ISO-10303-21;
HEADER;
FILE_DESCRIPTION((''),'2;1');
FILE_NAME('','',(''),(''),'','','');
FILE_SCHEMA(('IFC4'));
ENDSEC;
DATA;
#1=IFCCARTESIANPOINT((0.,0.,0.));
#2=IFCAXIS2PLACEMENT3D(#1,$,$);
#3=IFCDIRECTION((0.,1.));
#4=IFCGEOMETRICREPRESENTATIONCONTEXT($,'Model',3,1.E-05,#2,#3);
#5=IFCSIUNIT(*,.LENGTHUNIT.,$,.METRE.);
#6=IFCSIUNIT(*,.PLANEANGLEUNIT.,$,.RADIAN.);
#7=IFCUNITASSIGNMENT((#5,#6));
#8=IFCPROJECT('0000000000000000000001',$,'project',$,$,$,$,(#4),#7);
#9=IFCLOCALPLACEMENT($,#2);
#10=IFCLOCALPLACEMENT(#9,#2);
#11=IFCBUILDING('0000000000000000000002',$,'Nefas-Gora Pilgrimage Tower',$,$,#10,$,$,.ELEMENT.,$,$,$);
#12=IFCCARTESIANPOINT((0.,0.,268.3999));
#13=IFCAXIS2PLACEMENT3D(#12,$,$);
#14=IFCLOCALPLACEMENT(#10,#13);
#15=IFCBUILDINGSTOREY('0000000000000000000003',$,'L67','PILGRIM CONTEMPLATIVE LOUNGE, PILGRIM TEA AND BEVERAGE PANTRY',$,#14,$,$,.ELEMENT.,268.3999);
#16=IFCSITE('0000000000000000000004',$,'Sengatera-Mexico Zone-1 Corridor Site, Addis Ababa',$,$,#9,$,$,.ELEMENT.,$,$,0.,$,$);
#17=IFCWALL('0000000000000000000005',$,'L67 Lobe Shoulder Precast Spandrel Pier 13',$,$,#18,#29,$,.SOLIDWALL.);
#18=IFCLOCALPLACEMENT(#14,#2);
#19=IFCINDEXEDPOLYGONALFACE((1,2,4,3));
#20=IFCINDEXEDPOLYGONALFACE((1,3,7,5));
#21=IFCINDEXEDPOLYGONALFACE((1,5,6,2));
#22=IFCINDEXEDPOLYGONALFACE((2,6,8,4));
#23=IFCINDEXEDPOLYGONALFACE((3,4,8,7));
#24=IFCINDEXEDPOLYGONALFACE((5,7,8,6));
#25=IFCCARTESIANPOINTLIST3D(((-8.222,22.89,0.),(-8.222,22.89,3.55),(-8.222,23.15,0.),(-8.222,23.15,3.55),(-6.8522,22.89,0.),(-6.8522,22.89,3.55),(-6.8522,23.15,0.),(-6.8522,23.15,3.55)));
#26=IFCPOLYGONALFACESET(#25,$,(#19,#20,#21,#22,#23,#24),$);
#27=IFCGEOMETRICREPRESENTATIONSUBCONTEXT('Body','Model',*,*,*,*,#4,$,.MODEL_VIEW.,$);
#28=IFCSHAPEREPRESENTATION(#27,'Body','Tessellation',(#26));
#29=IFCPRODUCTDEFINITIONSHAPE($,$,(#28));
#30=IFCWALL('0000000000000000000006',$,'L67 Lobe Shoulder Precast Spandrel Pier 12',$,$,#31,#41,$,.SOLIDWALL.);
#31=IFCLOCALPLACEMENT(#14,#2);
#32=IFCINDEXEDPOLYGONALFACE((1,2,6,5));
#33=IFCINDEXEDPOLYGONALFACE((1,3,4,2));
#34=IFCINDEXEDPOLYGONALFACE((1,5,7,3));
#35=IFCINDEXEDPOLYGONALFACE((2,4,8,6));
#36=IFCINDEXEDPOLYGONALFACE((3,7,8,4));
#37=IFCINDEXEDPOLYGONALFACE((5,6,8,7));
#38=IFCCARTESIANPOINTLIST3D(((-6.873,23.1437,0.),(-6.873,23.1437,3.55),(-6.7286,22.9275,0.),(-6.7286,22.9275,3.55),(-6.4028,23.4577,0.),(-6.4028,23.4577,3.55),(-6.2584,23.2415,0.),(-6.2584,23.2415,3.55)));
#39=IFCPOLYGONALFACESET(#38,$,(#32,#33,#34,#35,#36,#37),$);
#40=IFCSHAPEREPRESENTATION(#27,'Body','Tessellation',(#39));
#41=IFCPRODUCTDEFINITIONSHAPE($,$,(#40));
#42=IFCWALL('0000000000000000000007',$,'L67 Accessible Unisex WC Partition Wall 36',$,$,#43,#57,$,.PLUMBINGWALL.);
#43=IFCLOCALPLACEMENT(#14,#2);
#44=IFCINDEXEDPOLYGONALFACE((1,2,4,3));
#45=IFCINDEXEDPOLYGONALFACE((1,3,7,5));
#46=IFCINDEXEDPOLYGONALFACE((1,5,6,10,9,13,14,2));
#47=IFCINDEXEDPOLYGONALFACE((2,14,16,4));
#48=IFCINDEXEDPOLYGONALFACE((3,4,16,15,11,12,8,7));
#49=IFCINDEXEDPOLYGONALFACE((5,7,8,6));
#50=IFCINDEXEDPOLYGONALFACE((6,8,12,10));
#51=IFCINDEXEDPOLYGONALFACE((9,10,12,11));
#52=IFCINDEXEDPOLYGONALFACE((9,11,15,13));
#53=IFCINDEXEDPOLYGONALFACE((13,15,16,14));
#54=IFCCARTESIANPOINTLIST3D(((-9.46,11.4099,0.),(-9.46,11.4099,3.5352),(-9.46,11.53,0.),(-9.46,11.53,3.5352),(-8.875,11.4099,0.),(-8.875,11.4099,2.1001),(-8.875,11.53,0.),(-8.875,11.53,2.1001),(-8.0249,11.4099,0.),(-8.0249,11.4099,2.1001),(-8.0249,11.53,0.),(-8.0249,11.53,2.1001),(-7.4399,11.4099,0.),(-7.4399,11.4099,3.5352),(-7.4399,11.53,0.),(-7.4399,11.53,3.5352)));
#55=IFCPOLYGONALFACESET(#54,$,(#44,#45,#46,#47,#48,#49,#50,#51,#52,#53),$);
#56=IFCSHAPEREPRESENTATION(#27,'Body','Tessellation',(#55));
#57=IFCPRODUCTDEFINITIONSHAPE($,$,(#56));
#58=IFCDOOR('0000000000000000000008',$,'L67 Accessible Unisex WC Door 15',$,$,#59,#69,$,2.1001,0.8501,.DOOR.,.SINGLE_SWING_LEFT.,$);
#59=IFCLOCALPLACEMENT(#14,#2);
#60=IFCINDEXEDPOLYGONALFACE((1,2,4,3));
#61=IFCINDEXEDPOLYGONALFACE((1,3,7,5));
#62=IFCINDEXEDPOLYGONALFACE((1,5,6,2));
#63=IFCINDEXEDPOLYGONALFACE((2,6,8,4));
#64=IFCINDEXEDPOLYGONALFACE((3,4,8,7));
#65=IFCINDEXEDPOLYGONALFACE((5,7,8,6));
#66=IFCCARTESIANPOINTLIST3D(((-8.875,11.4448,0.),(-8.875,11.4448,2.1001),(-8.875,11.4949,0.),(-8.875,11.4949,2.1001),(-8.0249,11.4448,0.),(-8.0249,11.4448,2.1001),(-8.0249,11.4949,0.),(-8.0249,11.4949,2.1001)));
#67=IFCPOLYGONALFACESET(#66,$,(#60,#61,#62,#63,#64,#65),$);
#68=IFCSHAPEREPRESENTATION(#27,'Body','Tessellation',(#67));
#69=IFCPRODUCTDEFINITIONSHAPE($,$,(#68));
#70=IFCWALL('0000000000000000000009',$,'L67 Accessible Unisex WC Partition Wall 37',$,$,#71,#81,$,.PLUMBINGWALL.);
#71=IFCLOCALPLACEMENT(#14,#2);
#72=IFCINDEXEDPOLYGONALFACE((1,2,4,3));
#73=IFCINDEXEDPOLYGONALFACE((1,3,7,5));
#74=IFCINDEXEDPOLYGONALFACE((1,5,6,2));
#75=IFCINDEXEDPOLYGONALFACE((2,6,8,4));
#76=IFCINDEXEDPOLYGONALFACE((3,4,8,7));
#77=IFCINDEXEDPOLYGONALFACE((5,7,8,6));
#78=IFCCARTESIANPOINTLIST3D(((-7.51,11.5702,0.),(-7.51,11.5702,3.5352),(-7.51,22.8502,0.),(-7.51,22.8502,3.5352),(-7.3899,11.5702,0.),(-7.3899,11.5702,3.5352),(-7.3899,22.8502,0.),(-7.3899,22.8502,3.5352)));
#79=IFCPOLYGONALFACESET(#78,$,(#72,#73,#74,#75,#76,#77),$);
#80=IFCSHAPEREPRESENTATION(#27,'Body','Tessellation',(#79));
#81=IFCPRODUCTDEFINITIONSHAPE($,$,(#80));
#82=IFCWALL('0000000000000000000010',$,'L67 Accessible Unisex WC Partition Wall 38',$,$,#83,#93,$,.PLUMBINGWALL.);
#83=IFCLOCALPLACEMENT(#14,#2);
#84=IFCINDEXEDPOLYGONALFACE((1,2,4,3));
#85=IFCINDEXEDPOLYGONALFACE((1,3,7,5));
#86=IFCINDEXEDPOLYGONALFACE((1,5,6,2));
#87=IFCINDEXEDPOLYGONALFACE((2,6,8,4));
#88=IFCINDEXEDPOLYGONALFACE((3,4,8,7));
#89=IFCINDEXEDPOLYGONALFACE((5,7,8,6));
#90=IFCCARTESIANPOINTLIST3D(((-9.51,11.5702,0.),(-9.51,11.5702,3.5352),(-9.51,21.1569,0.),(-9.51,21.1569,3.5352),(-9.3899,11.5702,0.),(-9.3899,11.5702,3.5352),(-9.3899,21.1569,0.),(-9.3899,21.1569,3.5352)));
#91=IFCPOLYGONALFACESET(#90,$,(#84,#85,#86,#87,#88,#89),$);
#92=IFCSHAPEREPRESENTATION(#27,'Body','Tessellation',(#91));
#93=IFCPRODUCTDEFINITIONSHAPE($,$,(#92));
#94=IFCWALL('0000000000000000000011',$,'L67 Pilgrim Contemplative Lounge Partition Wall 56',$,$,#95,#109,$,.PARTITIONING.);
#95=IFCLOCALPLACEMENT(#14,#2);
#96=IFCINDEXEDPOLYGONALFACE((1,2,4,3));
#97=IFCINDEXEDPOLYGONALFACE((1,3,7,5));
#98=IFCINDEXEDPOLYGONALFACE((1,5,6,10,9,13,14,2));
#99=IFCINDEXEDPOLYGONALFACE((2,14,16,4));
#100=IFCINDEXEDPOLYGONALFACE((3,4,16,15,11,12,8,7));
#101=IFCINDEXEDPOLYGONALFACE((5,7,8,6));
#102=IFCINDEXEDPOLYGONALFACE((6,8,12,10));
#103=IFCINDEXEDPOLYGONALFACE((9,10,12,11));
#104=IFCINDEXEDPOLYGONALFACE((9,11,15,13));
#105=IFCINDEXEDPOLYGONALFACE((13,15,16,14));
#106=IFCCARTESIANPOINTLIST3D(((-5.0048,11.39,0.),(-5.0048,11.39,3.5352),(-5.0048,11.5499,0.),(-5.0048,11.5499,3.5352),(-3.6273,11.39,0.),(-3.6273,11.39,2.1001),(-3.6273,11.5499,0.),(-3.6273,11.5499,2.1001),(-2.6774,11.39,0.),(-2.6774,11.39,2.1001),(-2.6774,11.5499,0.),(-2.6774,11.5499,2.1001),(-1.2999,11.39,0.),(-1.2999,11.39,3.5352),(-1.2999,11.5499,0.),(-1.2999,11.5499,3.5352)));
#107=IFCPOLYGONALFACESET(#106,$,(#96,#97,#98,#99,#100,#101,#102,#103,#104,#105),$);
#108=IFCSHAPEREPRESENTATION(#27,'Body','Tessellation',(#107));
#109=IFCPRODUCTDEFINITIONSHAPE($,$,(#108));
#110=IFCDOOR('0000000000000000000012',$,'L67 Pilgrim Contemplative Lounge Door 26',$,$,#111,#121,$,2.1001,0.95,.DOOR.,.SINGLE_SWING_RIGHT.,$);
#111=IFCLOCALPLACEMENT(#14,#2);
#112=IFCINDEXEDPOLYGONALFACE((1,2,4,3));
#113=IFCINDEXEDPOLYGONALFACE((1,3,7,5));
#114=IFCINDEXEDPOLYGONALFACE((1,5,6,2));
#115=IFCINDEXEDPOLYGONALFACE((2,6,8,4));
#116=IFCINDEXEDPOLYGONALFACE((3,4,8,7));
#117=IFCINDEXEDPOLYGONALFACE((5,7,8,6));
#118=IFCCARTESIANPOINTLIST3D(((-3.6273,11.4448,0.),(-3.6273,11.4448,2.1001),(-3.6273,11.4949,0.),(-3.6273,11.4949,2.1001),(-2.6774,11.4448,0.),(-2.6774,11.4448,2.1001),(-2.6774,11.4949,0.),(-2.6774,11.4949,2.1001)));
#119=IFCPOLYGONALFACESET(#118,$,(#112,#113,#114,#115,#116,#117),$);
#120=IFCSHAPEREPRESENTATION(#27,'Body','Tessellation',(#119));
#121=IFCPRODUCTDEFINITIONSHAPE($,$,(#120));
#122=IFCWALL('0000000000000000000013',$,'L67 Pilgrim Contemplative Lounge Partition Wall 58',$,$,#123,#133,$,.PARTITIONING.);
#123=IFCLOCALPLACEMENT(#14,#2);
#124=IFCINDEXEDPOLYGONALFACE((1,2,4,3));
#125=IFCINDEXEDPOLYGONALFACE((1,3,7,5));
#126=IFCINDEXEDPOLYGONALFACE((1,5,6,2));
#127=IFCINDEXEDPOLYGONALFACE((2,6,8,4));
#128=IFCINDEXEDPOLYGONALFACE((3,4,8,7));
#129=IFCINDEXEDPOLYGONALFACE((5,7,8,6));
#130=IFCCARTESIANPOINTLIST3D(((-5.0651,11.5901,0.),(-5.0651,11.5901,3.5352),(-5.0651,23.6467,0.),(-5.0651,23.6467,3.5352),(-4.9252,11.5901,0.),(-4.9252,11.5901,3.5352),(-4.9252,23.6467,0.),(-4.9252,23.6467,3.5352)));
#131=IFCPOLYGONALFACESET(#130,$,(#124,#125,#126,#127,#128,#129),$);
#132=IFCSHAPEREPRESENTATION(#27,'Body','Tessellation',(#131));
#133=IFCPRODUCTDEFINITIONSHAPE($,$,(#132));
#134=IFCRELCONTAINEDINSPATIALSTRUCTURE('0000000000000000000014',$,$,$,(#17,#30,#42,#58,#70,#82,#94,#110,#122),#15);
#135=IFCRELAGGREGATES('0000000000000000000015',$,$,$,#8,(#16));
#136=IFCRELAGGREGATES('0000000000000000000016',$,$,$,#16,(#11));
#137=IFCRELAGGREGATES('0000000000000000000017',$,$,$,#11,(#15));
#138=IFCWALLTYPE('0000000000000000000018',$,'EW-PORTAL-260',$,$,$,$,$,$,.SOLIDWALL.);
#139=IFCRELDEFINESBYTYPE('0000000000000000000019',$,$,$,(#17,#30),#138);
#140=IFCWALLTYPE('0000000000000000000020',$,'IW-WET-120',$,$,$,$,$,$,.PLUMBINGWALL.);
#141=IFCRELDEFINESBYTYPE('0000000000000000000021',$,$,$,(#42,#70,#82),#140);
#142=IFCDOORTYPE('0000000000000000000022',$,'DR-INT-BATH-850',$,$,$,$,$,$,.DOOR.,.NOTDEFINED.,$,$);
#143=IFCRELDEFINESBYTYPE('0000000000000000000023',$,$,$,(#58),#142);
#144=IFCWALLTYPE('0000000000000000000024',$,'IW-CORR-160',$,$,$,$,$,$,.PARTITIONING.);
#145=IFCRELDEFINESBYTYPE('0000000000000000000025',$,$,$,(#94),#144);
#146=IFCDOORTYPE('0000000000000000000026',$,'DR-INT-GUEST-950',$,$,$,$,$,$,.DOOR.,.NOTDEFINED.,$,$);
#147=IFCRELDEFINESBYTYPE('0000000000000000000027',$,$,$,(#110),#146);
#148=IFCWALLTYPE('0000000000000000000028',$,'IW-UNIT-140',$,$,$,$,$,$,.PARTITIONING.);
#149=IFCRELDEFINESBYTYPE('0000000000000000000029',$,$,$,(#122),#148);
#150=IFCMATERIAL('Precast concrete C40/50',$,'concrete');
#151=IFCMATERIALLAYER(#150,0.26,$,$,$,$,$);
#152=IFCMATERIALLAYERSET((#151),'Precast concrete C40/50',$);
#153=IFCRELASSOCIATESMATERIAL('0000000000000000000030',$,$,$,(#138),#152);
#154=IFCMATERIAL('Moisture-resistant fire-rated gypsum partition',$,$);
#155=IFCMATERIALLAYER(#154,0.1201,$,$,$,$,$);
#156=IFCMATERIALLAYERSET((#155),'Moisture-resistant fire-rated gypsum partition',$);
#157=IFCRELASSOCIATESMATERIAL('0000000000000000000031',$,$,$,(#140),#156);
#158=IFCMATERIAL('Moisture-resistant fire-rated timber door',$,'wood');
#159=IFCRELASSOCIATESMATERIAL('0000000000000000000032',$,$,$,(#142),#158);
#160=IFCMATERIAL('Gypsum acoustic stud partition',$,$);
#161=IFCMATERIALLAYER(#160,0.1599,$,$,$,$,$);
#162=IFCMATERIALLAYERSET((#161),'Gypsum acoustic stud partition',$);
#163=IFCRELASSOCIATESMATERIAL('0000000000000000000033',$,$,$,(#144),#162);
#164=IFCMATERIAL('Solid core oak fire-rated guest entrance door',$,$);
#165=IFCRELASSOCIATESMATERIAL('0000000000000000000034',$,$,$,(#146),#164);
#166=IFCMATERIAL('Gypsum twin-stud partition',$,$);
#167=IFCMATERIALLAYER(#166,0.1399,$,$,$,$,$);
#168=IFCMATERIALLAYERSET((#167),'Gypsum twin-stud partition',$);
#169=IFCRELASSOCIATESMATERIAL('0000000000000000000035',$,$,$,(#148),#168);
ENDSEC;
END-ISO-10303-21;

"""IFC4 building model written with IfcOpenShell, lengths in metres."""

from ifc_helpers import new_model, si_unit, direction, frame, frame_2d, origin, place, context, subcontext, project, spatial, rectangle, extrude, source, transform, mapped, material, layer, layer_set, type_object, element, fill, save


model = new_model("IFC4")

# Units and contexts
model_context = context("Model", 3, precision=1e-05, world=origin(), true_north=direction((0.0, 1.0)))
body_context = subcontext(model_context, "Body", "Model", "MODEL_VIEW")
ifc_project = project(units=[si_unit("LENGTHUNIT", "METRE"), si_unit("PLANEANGLEUNIT", "RADIAN")], contexts=[model_context])

# Site, building, storey
site_placement = place(None, origin())
site = spatial("IfcSite", under=ifc_project, at=site_placement, Name="Sengatera-Mexico Zone-1 Corridor Site, Addis Ababa", CompositionType="ELEMENT", RefElevation=0.0)
building_placement = place(site_placement, origin())
building = spatial("IfcBuilding", under=site, at=building_placement, Name="Nefas-Gora Pilgrimage Tower", CompositionType="ELEMENT")
storey_placement = place(building_placement, frame((0.0, 0.0, 268.3999)))
storey = spatial("IfcBuildingStorey", under=building, at=storey_placement, Name="L67", Description="PILGRIM CONTEMPLATIVE LOUNGE, PILGRIM TEA AND BEVERAGE PANTRY", CompositionType="ELEMENT", Elevation=268.3999)

# Walls
ifc_material_1 = material(Name="Precast concrete C40/50", Category="concrete")
ifc_layer_1 = layer(ifc_material_1, 0.26)
ifc_layer_set_1 = layer_set([ifc_layer_1], Name="Precast concrete C40/50")
wall_type_1 = type_object("IfcWallType", Name="EW-PORTAL-260", PredefinedType="SOLIDWALL", material=ifc_layer_set_1)
shared_shape_1 = source(origin(), body_context, "Body", "SweptSolid", [
    extrude(rectangle(XDim=1.3699, YDim=0.26, at=frame_2d((0.6851, 0.0))), origin(), (0.0, 0.0, 1.0), 3.55),
])
wall_1_placement = place(storey_placement, frame((-6.8521, 23.02, 0.0), z_axis=(0.0, 0.0, 1.0), x_axis=(-1.0, 0.0, 0.0)))
element("IfcWall", 1, at=wall_1_placement, inside=storey, type_object=wall_type_1, Name="L67 Lobe Shoulder Precast Spandrel Pier 13", PredefinedType="SOLIDWALL", context=body_context, shape_type="MappedRepresentation", body=[
    mapped(shared_shape_1, transform((0.0, 0.0, 0.0), x_axis=(1.0, 0.0, 0.0), y_axis=(0.0, 1.0, 0.0), z_axis=(0.0, 0.0, 1.0), scale=1.0)),
])
shared_shape_2 = source(origin(), body_context, "Body", "SweptSolid", [
    extrude(rectangle(XDim=0.5654, YDim=0.26, at=frame_2d((0.2827, 0.0))), origin(), (0.0, 0.0, 1.0), 3.55),
])
wall_2_placement = place(storey_placement, frame((-6.3306, 23.3496, 0.0), z_axis=(0.0, 0.0, 1.0), x_axis=(-0.831651, -0.555298, 0.0)))
element("IfcWall", 2, at=wall_2_placement, inside=storey, type_object=wall_type_1, Name="L67 Lobe Shoulder Precast Spandrel Pier 12", PredefinedType="SOLIDWALL", context=body_context, shape_type="MappedRepresentation", body=[
    mapped(shared_shape_2, transform((0.0, 0.0, 0.0), x_axis=(1.0, 0.0, 0.0), y_axis=(0.0, 1.0, 0.0), z_axis=(0.0, 0.0, 1.0), scale=1.0)),
])

# Wall, opening, door
ifc_material_2 = material(Name="Moisture-resistant fire-rated gypsum partition")
ifc_layer_2 = layer(ifc_material_2, 0.1201)
ifc_layer_set_2 = layer_set([ifc_layer_2], Name="Moisture-resistant fire-rated gypsum partition")
wall_type_2 = type_object("IfcWallType", Name="IW-WET-120", PredefinedType="PLUMBINGWALL", material=ifc_layer_set_2)
shared_shape_3 = source(origin(), body_context, "Body", "SweptSolid", [
    extrude(rectangle(XDim=2.02, YDim=0.1201, at=frame_2d((1.01, 0.0))), origin(), (0.0, 0.0, 1.0), 3.5352),
])
wall_3_placement = place(storey_placement, frame((-9.46, 11.47, 0.0), z_axis=(0.0, 0.0, 1.0), x_axis=(1.0, 0.0, 0.0)))
wall_3 = element("IfcWall", 3, at=wall_3_placement, inside=storey, type_object=wall_type_2, Name="L67 Accessible Unisex WC Partition Wall 36", PredefinedType="PLUMBINGWALL", context=body_context, shape_type="MappedRepresentation", body=[
    mapped(shared_shape_3, transform((0.0, 0.0, 0.0), x_axis=(1.0, 0.0, 0.0), y_axis=(0.0, 1.0, 0.0), z_axis=(0.0, 0.0, 1.0), scale=1.0)),
])
opening_1_placement = place(wall_3_placement, frame((0.585, 0.0, 0.0)))
opening_1 = element("IfcOpeningElement", 4, at=opening_1_placement, cuts=wall_3, PredefinedType="OPENING", context=body_context, shape_type="SweptSolid", body=[
    extrude(rectangle(XDim=0.8501, YDim=2.1001, at=frame_2d((0.425, 1.05))), frame((0.0, 0.0701, 0.0), z_axis=(0.0, -1.0, 0.0), x_axis=(1.0, 0.0, 0.0)), (0.0, 0.0, 1.0), 0.1401),
])
ifc_material_3 = material(Name="Moisture-resistant fire-rated timber door", Category="wood")
door_type_1 = type_object("IfcDoorType", Name="DR-INT-BATH-850", OperationType="NOTDEFINED", PredefinedType="DOOR", material=ifc_material_3)
shared_shape_4 = source(origin(), body_context, "Body", "SweptSolid", [
    extrude(rectangle(XDim=0.8501, YDim=2.1001, at=frame_2d((0.425, 1.05))), frame((0.0, 0.0249, 0.0), z_axis=(0.0, -1.0, 0.0), x_axis=(1.0, 0.0, 0.0)), (0.0, 0.0, 1.0), 0.05),
])
door_1_placement = place(opening_1_placement, origin())
door_1 = element("IfcDoor", 5, at=door_1_placement, inside=storey, type_object=door_type_1, Name="L67 Accessible Unisex WC Door 15", OperationType="SINGLE_SWING_LEFT", OverallHeight=2.1001, OverallWidth=0.8501, PredefinedType="DOOR", context=body_context, shape_type="MappedRepresentation", body=[
    mapped(shared_shape_4, transform((0.0, 0.0, 0.0), x_axis=(1.0, 0.0, 0.0), y_axis=(0.0, 1.0, 0.0), z_axis=(0.0, 0.0, 1.0), scale=1.0)),
])
fill(opening_1, door_1)

# Walls
shared_shape_5 = source(origin(), body_context, "Body", "SweptSolid", [
    extrude(rectangle(XDim=11.28, YDim=0.1201, at=frame_2d((5.6401, 0.0))), origin(), (0.0, 0.0, 1.0), 3.5352),
])
wall_4_placement = place(storey_placement, frame((-7.45, 11.5701, 0.0), z_axis=(0.0, 0.0, 1.0), x_axis=(0.0, 1.0, 0.0)))
element("IfcWall", 6, at=wall_4_placement, inside=storey, type_object=wall_type_2, Name="L67 Accessible Unisex WC Partition Wall 37", PredefinedType="PLUMBINGWALL", context=body_context, shape_type="MappedRepresentation", body=[
    mapped(shared_shape_5, transform((0.0, 0.0, 0.0), x_axis=(1.0, 0.0, 0.0), y_axis=(0.0, 1.0, 0.0), z_axis=(0.0, 0.0, 1.0), scale=1.0)),
])
shared_shape_6 = source(origin(), body_context, "Body", "SweptSolid", [
    extrude(rectangle(XDim=9.5867, YDim=0.1201, at=frame_2d((4.7935, 0.0))), origin(), (0.0, 0.0, 1.0), 3.5352),
])
wall_5_placement = place(storey_placement, frame((-9.45, 11.5701, 0.0), z_axis=(0.0, 0.0, 1.0), x_axis=(0.0, 1.0, 0.0)))
element("IfcWall", 7, at=wall_5_placement, inside=storey, type_object=wall_type_2, Name="L67 Accessible Unisex WC Partition Wall 38", PredefinedType="PLUMBINGWALL", context=body_context, shape_type="MappedRepresentation", body=[
    mapped(shared_shape_6, transform((0.0, 0.0, 0.0), x_axis=(1.0, 0.0, 0.0), y_axis=(0.0, 1.0, 0.0), z_axis=(0.0, 0.0, 1.0), scale=1.0)),
])

# Wall, opening, door
ifc_material_4 = material(Name="Gypsum acoustic stud partition")
ifc_layer_3 = layer(ifc_material_4, 0.1599)
ifc_layer_set_3 = layer_set([ifc_layer_3], Name="Gypsum acoustic stud partition")
wall_type_3 = type_object("IfcWallType", Name="IW-CORR-160", PredefinedType="PARTITIONING", material=ifc_layer_set_3)
shared_shape_7 = source(origin(), body_context, "Body", "SweptSolid", [
    extrude(rectangle(XDim=3.7048, YDim=0.1599, at=frame_2d((1.8525, 0.0))), origin(), (0.0, 0.0, 1.0), 3.5352),
])
wall_6_placement = place(storey_placement, frame((-5.0049, 11.47, 0.0), z_axis=(0.0, 0.0, 1.0), x_axis=(1.0, 0.0, 0.0)))
wall_6 = element("IfcWall", 8, at=wall_6_placement, inside=storey, type_object=wall_type_3, Name="L67 Pilgrim Contemplative Lounge Partition Wall 56", PredefinedType="PARTITIONING", context=body_context, shape_type="MappedRepresentation", body=[
    mapped(shared_shape_7, transform((0.0, 0.0, 0.0), x_axis=(1.0, 0.0, 0.0), y_axis=(0.0, 1.0, 0.0), z_axis=(0.0, 0.0, 1.0), scale=1.0)),
])
opening_2_placement = place(wall_6_placement, frame((1.3774, 0.0, 0.0)))
opening_2 = element("IfcOpeningElement", 9, at=opening_2_placement, cuts=wall_6, PredefinedType="OPENING", context=body_context, shape_type="SweptSolid", body=[
    extrude(rectangle(XDim=0.95, YDim=2.1001, at=frame_2d((0.4751, 1.05))), frame((0.0, 0.0898, 0.0), z_axis=(0.0, -1.0, 0.0), x_axis=(1.0, 0.0, 0.0)), (0.0, 0.0, 1.0), 0.1799),
])
ifc_material_5 = material(Name="Solid core oak fire-rated guest entrance door")
door_type_2 = type_object("IfcDoorType", Name="DR-INT-GUEST-950", OperationType="NOTDEFINED", PredefinedType="DOOR", material=ifc_material_5)
shared_shape_8 = source(origin(), body_context, "Body", "SweptSolid", [
    extrude(rectangle(XDim=0.95, YDim=2.1001, at=frame_2d((0.4751, 1.05))), frame((0.0, 0.0249, 0.0), z_axis=(0.0, -1.0, 0.0), x_axis=(1.0, 0.0, 0.0)), (0.0, 0.0, 1.0), 0.05),
])
door_2_placement = place(opening_2_placement, origin())
door_2 = element("IfcDoor", 10, at=door_2_placement, inside=storey, type_object=door_type_2, Name="L67 Pilgrim Contemplative Lounge Door 26", OperationType="SINGLE_SWING_RIGHT", OverallHeight=2.1001, OverallWidth=0.95, PredefinedType="DOOR", context=body_context, shape_type="MappedRepresentation", body=[
    mapped(shared_shape_8, transform((0.0, 0.0, 0.0), x_axis=(1.0, 0.0, 0.0), y_axis=(0.0, 1.0, 0.0), z_axis=(0.0, 0.0, 1.0), scale=1.0)),
])
fill(opening_2, door_2)

# Wall
ifc_material_6 = material(Name="Gypsum twin-stud partition")
ifc_layer_4 = layer(ifc_material_6, 0.1399)
ifc_layer_set_4 = layer_set([ifc_layer_4], Name="Gypsum twin-stud partition")
wall_type_4 = type_object("IfcWallType", Name="IW-UNIT-140", PredefinedType="PARTITIONING", material=ifc_layer_set_4)
shared_shape_9 = source(origin(), body_context, "Body", "SweptSolid", [
    extrude(rectangle(XDim=12.0566, YDim=0.1399, at=frame_2d((6.0283, 0.0))), origin(), (0.0, 0.0, 1.0), 3.5352),
])
wall_7_placement = place(storey_placement, frame((-4.9951, 11.5901, 0.0), z_axis=(0.0, 0.0, 1.0), x_axis=(0.0, 1.0, 0.0)))
element("IfcWall", 11, at=wall_7_placement, inside=storey, type_object=wall_type_4, Name="L67 Pilgrim Contemplative Lounge Partition Wall 58", PredefinedType="PARTITIONING", context=body_context, shape_type="MappedRepresentation", body=[
    mapped(shared_shape_9, transform((0.0, 0.0, 0.0), x_axis=(1.0, 0.0, 0.0), y_axis=(0.0, 1.0, 0.0), z_axis=(0.0, 0.0, 1.0), scale=1.0)),
])

save(model, "model.ifc")
